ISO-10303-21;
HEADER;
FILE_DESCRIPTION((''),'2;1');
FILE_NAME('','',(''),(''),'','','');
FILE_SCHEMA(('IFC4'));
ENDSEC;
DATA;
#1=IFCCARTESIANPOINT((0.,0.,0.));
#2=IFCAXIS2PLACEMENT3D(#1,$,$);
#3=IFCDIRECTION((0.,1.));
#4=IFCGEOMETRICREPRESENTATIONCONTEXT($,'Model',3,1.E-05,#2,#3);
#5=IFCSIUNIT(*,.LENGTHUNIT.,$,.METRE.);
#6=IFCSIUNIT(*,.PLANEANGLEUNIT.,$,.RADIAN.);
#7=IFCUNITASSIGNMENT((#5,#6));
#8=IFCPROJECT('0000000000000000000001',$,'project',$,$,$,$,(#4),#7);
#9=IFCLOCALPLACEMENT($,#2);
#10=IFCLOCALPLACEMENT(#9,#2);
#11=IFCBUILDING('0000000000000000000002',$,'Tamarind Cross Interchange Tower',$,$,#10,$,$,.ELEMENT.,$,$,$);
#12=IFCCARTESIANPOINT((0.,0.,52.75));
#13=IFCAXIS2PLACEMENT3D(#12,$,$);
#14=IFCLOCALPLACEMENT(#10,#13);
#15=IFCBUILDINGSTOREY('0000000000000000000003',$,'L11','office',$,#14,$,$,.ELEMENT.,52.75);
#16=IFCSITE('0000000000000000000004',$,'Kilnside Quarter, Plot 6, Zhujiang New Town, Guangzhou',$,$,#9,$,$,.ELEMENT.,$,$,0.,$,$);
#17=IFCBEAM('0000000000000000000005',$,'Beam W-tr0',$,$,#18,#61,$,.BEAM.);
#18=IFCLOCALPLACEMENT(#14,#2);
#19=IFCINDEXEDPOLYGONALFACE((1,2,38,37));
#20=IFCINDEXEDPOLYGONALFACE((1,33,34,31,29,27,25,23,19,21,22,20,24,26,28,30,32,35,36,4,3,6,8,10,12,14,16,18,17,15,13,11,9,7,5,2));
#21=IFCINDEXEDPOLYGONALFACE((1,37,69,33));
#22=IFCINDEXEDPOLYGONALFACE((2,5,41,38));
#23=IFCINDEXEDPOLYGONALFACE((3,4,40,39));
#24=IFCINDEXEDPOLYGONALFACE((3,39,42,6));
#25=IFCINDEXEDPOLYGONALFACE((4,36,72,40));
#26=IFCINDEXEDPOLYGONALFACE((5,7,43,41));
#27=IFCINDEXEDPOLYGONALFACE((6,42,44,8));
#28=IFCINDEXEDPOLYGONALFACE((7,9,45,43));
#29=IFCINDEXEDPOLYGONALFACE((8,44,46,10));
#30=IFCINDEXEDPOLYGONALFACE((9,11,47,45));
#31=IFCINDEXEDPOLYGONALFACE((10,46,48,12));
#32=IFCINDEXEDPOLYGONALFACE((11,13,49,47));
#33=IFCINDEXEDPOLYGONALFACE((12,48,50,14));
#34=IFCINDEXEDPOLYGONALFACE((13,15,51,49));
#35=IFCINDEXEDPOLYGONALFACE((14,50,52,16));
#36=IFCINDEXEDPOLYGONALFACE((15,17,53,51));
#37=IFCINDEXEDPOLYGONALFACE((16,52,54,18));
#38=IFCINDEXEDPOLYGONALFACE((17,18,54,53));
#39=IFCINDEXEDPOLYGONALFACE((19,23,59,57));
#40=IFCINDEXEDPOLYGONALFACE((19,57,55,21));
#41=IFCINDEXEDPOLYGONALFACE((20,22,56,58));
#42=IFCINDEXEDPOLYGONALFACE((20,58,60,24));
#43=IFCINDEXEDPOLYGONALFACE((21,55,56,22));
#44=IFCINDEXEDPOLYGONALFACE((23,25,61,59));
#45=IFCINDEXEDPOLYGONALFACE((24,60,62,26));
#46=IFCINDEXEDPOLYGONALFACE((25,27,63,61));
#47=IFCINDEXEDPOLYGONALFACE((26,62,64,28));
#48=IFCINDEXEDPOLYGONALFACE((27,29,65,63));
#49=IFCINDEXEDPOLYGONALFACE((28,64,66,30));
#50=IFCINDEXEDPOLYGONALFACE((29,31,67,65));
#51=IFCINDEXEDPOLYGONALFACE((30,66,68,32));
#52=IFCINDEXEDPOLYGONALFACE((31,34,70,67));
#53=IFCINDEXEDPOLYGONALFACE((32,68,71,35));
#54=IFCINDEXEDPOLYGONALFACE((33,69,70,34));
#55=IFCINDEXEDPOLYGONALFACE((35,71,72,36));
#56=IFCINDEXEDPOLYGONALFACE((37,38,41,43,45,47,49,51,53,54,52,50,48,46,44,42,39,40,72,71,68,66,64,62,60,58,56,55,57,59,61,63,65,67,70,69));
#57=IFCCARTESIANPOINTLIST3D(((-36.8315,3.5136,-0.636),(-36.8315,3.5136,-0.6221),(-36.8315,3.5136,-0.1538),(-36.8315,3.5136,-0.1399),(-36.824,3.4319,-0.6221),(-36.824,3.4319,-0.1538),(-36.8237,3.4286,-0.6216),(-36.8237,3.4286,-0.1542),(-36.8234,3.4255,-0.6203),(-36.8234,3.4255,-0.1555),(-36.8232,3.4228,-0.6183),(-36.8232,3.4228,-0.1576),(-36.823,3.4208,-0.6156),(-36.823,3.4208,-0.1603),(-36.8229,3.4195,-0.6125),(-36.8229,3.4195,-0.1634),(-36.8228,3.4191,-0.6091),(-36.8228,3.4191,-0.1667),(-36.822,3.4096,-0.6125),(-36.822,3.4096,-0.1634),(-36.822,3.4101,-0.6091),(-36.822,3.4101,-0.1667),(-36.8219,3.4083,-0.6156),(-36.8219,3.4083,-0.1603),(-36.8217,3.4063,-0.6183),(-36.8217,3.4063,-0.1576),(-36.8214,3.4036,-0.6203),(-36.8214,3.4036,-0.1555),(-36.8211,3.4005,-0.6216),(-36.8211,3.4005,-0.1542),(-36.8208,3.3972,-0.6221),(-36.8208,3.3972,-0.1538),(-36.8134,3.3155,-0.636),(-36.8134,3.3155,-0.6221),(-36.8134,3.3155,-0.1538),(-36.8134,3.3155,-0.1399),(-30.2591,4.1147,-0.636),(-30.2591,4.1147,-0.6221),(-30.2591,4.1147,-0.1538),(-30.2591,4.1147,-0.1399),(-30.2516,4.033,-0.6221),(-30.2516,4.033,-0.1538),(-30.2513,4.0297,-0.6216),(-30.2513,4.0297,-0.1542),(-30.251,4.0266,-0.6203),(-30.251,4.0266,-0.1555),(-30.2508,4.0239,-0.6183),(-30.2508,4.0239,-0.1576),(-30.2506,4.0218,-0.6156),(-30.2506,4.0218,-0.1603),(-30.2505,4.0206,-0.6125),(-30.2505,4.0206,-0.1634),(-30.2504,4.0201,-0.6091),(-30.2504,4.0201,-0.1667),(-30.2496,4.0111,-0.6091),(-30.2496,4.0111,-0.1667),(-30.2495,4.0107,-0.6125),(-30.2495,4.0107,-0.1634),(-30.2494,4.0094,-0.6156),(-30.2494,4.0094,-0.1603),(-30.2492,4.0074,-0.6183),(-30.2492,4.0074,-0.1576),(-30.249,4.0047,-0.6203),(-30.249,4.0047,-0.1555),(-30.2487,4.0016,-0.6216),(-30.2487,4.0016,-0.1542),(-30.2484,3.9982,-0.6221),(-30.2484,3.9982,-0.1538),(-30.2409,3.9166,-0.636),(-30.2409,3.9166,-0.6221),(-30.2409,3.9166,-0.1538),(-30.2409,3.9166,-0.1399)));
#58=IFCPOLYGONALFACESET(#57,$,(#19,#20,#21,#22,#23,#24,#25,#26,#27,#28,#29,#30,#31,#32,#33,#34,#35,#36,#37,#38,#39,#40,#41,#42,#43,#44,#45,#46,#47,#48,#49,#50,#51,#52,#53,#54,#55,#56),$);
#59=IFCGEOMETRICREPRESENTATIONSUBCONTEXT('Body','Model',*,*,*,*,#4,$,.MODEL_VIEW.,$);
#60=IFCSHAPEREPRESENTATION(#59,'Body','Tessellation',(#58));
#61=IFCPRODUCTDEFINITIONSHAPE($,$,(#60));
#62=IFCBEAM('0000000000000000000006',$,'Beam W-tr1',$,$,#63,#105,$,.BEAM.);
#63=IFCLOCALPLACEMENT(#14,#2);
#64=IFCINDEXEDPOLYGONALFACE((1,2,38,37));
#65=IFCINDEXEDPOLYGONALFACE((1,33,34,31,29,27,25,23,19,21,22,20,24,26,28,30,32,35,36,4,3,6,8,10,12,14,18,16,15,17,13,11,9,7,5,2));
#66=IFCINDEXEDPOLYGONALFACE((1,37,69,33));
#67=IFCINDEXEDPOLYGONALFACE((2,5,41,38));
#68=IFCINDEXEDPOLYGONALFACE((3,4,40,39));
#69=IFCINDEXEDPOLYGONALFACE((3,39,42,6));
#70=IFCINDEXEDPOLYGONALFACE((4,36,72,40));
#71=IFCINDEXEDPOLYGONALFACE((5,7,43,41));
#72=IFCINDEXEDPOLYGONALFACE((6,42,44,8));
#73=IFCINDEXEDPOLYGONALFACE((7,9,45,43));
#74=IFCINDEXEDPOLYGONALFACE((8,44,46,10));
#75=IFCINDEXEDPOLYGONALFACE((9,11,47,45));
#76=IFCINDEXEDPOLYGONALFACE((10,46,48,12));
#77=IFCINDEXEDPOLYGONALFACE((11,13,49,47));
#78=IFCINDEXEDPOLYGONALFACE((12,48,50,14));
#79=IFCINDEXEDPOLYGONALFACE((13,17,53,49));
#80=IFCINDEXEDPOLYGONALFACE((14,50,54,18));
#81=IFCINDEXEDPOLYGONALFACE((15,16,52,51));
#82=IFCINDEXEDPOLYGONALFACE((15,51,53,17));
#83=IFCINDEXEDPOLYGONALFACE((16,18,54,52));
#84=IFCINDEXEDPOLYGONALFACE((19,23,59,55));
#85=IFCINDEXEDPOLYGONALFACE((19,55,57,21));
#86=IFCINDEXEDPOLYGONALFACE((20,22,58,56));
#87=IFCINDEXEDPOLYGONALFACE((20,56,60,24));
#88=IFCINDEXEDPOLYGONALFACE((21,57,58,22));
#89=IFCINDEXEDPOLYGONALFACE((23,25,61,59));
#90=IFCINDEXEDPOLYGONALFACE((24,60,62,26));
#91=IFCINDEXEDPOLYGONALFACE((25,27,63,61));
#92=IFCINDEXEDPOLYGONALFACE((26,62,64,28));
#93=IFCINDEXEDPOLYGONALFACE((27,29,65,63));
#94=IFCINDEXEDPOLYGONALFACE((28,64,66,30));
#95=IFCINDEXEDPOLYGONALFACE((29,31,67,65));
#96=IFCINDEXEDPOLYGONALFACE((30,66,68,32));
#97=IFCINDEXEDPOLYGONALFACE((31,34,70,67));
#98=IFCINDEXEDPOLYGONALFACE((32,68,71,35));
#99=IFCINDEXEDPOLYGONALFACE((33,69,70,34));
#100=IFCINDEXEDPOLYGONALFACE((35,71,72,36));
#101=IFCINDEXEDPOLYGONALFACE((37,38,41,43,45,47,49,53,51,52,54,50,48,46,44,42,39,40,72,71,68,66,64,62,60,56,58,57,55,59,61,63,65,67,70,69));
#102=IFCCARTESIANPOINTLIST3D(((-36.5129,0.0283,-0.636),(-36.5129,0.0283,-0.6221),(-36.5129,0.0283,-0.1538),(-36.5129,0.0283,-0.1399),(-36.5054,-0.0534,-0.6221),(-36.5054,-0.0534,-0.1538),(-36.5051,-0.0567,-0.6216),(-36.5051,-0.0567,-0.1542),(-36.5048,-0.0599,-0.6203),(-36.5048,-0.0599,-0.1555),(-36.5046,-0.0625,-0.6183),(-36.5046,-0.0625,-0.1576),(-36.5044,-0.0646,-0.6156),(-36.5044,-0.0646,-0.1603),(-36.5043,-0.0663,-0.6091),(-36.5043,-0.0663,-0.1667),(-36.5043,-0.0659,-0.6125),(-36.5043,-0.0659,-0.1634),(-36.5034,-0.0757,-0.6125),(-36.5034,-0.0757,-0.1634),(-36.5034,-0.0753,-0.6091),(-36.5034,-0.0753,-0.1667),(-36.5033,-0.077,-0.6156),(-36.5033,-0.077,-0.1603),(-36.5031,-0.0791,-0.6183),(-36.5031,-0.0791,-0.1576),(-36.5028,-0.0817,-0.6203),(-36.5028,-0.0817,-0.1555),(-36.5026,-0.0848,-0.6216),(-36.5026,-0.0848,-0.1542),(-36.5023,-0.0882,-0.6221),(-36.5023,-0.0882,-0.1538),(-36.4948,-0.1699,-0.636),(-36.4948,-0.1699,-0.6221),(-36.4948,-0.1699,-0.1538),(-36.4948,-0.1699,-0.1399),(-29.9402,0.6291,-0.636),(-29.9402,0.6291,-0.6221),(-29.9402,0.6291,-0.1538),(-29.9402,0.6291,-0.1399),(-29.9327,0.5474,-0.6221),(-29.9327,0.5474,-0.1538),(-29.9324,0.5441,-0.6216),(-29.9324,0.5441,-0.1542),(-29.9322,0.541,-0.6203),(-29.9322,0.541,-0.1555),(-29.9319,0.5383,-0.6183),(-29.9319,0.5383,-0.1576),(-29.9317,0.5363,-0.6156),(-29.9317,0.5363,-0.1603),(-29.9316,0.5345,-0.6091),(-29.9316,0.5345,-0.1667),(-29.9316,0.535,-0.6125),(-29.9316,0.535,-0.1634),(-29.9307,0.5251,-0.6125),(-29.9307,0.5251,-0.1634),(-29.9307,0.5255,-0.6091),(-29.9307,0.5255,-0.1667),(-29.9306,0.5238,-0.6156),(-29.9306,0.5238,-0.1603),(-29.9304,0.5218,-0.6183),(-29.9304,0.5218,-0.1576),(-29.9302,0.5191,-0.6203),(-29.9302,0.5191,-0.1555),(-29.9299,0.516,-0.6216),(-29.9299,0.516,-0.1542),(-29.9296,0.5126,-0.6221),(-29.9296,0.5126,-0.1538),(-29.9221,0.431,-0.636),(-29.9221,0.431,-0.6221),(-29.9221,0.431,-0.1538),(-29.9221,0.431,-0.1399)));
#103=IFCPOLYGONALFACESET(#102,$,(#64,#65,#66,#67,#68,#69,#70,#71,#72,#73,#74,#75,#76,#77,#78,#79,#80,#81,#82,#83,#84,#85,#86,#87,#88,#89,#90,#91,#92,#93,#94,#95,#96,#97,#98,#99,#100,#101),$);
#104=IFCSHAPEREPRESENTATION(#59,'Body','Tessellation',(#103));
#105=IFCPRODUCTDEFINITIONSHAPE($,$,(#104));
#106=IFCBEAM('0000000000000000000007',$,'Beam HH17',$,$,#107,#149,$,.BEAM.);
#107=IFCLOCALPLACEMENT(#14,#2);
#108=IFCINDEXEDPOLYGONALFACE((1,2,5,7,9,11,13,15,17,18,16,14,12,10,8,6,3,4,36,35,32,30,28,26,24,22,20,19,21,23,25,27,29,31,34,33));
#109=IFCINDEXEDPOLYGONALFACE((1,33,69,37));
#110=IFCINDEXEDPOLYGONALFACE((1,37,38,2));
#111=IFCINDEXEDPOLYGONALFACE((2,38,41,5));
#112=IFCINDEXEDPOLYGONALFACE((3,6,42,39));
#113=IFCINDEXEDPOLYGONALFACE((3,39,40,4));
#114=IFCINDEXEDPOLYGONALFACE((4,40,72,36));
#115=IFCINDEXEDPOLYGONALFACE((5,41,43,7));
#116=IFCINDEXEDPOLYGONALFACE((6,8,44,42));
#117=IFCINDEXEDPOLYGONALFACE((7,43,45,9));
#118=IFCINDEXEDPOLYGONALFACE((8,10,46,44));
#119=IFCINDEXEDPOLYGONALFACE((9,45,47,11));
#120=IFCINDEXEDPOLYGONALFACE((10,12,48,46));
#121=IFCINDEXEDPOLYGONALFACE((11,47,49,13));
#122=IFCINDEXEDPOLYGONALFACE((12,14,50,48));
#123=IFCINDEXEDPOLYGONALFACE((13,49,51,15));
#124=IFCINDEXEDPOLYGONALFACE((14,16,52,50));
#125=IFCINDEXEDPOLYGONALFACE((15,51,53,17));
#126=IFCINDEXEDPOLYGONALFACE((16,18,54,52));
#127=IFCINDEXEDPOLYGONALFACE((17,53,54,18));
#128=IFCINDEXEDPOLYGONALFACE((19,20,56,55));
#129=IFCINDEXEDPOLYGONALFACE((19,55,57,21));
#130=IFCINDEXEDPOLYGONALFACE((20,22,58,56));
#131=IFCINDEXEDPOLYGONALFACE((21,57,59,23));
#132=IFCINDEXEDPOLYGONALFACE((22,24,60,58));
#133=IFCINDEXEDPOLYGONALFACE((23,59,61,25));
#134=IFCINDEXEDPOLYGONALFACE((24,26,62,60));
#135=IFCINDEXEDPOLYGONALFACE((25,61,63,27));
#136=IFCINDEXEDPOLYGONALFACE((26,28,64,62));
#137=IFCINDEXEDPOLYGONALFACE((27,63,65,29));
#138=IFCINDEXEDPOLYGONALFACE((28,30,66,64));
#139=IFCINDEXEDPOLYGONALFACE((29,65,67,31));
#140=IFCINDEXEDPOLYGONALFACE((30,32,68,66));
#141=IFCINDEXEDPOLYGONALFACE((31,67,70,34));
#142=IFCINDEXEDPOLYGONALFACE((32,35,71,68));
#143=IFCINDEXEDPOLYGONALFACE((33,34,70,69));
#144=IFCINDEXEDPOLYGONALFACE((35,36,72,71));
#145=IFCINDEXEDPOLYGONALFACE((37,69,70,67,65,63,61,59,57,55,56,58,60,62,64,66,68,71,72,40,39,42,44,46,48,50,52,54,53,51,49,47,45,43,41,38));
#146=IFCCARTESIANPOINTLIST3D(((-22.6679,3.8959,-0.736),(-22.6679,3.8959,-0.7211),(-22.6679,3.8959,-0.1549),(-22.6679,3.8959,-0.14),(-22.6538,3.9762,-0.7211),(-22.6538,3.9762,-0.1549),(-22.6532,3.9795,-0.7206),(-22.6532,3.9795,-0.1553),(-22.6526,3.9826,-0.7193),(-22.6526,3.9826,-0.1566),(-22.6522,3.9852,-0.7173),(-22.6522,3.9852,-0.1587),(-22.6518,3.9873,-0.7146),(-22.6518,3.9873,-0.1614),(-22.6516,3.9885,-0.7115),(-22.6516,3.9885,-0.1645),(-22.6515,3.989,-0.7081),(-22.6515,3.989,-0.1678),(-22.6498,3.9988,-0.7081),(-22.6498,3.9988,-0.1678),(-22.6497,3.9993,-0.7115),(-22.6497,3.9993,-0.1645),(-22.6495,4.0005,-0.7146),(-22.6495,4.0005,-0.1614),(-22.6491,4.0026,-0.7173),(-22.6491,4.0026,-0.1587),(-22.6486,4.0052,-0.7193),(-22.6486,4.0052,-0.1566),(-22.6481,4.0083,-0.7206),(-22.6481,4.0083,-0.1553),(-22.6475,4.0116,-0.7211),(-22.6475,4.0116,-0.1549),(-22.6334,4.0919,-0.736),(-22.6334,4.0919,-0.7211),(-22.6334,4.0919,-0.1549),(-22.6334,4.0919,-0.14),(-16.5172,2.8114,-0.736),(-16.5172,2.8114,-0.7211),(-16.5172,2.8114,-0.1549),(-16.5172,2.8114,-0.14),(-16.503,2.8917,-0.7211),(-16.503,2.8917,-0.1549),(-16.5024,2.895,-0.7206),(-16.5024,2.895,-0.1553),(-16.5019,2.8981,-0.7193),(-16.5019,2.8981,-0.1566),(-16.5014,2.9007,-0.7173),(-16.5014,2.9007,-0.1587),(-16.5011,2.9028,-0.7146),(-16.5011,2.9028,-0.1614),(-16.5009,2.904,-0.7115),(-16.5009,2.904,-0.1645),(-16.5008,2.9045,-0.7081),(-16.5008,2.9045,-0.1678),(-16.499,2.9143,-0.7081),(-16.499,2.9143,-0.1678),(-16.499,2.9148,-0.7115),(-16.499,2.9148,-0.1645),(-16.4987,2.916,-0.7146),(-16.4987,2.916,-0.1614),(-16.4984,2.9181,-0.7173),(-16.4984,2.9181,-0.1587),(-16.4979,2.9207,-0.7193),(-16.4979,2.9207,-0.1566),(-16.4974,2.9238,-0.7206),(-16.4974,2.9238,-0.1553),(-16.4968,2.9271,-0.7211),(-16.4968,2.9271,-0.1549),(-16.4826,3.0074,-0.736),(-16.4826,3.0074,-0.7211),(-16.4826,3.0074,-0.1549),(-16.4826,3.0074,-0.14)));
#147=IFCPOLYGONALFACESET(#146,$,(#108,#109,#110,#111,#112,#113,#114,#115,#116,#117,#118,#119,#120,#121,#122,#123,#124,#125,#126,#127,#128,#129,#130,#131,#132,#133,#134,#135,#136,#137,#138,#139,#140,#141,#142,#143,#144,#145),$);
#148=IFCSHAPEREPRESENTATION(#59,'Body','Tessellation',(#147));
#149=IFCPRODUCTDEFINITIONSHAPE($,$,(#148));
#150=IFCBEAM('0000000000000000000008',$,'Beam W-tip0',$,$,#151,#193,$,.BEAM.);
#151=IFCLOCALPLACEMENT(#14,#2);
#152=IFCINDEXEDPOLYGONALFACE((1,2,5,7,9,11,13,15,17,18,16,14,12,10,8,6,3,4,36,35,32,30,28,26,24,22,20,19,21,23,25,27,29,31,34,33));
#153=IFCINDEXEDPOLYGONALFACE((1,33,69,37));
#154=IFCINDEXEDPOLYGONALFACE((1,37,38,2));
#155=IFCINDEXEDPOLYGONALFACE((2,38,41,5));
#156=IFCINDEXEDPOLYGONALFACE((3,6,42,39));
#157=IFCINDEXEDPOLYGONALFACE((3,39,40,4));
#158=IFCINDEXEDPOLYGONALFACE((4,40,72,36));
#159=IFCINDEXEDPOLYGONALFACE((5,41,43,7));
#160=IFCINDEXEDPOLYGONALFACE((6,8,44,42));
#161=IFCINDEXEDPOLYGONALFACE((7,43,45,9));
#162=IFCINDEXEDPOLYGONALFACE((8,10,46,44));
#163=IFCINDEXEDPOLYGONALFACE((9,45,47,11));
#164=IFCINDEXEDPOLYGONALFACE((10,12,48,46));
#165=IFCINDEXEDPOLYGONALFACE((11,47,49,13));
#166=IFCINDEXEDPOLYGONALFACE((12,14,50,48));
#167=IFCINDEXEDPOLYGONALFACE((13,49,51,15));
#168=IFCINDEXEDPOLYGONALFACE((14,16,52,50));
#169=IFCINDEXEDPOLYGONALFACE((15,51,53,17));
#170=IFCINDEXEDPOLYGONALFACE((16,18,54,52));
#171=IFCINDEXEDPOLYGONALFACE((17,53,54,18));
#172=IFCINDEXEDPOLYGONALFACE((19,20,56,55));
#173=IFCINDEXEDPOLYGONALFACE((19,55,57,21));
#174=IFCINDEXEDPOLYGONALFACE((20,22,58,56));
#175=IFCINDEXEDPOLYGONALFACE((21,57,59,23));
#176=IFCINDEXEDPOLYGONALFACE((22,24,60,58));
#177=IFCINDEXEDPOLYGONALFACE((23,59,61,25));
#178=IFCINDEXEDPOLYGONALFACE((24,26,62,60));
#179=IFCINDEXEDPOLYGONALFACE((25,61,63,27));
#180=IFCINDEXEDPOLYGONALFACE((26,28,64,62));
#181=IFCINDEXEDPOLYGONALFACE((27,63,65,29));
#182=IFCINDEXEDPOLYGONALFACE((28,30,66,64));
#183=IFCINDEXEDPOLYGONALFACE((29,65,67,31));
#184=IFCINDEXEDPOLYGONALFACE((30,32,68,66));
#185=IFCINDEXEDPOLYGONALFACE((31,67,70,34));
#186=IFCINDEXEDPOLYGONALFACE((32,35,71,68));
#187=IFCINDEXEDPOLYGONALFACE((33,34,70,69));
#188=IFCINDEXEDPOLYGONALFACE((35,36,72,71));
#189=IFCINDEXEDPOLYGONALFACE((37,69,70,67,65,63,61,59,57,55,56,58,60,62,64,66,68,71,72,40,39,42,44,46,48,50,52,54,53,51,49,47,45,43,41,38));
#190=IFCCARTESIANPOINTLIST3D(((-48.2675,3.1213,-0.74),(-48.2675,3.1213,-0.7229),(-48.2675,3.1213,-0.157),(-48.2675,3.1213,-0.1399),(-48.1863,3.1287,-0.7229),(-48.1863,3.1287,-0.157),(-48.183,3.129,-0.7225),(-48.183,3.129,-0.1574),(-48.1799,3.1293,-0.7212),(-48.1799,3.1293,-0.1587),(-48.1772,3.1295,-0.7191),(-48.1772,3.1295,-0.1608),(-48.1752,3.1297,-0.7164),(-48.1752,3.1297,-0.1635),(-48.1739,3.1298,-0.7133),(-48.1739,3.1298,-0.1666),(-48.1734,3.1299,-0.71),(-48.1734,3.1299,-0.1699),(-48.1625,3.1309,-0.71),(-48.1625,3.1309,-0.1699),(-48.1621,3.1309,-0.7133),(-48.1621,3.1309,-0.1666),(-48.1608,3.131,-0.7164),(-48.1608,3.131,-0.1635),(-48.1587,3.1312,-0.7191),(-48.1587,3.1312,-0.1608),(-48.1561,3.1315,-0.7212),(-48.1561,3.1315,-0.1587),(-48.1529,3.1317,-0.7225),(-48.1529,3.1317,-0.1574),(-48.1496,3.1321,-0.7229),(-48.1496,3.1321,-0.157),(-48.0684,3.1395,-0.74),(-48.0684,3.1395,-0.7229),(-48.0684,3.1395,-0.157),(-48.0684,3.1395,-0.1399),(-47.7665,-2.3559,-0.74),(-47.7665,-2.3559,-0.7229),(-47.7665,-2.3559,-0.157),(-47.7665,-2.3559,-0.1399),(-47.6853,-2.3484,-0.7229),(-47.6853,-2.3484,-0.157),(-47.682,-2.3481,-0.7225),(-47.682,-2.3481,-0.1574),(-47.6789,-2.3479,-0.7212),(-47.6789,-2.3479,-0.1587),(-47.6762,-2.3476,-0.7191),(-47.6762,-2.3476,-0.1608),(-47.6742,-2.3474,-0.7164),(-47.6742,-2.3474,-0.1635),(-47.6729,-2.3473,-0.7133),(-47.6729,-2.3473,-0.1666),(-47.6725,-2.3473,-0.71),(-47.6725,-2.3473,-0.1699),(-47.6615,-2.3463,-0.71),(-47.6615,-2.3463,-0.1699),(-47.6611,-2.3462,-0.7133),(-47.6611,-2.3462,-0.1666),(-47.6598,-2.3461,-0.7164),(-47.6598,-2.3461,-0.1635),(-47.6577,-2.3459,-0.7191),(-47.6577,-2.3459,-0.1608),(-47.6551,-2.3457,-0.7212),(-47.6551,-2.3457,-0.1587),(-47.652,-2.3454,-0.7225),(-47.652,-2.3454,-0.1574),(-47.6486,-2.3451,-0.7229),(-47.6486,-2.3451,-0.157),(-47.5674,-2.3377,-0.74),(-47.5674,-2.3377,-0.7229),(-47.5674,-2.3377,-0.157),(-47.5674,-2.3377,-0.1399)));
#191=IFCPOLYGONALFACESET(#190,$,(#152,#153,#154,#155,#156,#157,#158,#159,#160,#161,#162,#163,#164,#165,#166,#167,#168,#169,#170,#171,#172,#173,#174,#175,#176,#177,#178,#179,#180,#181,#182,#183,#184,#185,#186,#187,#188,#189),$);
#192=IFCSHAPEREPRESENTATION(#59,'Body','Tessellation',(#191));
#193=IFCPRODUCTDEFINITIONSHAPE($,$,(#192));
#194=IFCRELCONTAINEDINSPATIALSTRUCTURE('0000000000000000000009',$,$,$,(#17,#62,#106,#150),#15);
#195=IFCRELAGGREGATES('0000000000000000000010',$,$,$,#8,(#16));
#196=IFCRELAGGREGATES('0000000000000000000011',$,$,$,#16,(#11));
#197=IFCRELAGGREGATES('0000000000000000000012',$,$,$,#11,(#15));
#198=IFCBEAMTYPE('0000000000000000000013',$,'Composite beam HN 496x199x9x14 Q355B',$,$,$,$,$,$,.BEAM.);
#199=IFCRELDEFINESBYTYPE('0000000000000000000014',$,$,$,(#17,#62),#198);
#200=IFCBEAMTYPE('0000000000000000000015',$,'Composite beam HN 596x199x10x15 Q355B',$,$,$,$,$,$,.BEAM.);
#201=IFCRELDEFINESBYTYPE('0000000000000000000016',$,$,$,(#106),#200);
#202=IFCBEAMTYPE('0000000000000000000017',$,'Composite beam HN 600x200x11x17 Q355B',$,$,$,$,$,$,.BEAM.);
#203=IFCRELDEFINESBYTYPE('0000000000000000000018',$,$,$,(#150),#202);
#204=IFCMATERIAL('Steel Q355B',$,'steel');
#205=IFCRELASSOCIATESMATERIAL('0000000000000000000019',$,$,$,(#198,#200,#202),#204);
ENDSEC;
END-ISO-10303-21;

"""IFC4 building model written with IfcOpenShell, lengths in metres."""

from ifc_helpers import new_model, si_unit, direction, frame, origin, origin_2d, place, context, subcontext, project, spatial, i_section, extrude, material, material_profile, profile_set, type_object, element, save


model = new_model("IFC4")

# Units and contexts
model_context = context("Model", 3, precision=1e-05, world=origin(), true_north=direction((0.0, 1.0)))
body_context = subcontext(model_context, "Body", "Model", "MODEL_VIEW")
ifc_project = project(units=[si_unit("LENGTHUNIT", "METRE"), si_unit("PLANEANGLEUNIT", "RADIAN")], contexts=[model_context])

# Site, building, storey
site_placement = place(None, origin())
site = spatial("IfcSite", under=ifc_project, at=site_placement, Name="Kilnside Quarter, Plot 6, Zhujiang New Town, Guangzhou", CompositionType="ELEMENT", RefElevation=0.0)
building_placement = place(site_placement, origin())
building = spatial("IfcBuilding", under=site, at=building_placement, Name="Tamarind Cross Interchange Tower", CompositionType="ELEMENT")
storey_placement = place(building_placement, frame((0.0, 0.0, 52.75)))
storey = spatial("IfcBuildingStorey", under=building, at=storey_placement, Name="L11", Description="office", CompositionType="ELEMENT", Elevation=52.75)

# Beams
ifc_material_1 = material(Name="Steel Q355B", Category="steel")
ifc_material_profile_1 = material_profile(ifc_material_1, i_section(OverallWidth=0.199, OverallDepth=0.4961, WebThickness=0.009, FlangeThickness=0.0139, FilletRadius=0.0129, at=origin_2d()), Name="HN 496x199x9x14")
ifc_profile_set_1 = profile_set([ifc_material_profile_1], Name="Steel Q355B")
beam_type_1 = type_object("IfcBeamType", Name="Composite beam HN 496x199x9x14 Q355B", PredefinedType="BEAM", material=ifc_profile_set_1)
beam_1_placement = place(storey_placement, frame((-30.25, 4.0156, -0.3879), z_axis=(-0.995844, -0.091073, 0.0), x_axis=(0.091073, -0.995844, 0.0)))
element("IfcBeam", 1, at=beam_1_placement, inside=storey, type_object=beam_type_1, Name="Beam W-tr0", PredefinedType="BEAM", context=body_context, shape_type="SweptSolid", body=[
    extrude(i_section(OverallWidth=0.199, OverallDepth=0.4961, WebThickness=0.009, FlangeThickness=0.0139, FilletRadius=0.0129, at=origin_2d()), origin(), (0.0, 0.0, 1.0), 6.5999),
])
beam_2_placement = place(storey_placement, frame((-29.9312, 0.53, -0.3879), z_axis=(-0.995848, -0.091033, 0.0), x_axis=(0.091033, -0.995848, 0.0)))
element("IfcBeam", 2, at=beam_2_placement, inside=storey, type_object=beam_type_1, Name="Beam W-tr1", PredefinedType="BEAM", context=body_context, shape_type="SweptSolid", body=[
    extrude(i_section(OverallWidth=0.199, OverallDepth=0.4961, WebThickness=0.009, FlangeThickness=0.0139, FilletRadius=0.0129, at=origin_2d()), origin(), (0.0, 0.0, 1.0), 6.6001),
])
ifc_material_profile_2 = material_profile(ifc_material_1, i_section(OverallWidth=0.199, OverallDepth=0.5959, WebThickness=0.01, FlangeThickness=0.0149, FilletRadius=0.0129, at=origin_2d()), Name="HN 596x199x10x15")
ifc_profile_set_2 = profile_set([ifc_material_profile_2], Name="Steel Q355B")
beam_type_2 = type_object("IfcBeamType", Name="Composite beam HN 596x199x10x15 Q355B", PredefinedType="BEAM", material=ifc_profile_set_2)
beam_3_placement = place(storey_placement, frame((-22.6506, 3.9939, -0.438), z_axis=(0.984809, -0.17364, 0.0), x_axis=(0.17364, 0.984809, 0.0)))
element("IfcBeam", 3, at=beam_3_placement, inside=storey, type_object=beam_type_2, Name="Beam HH17", PredefinedType="BEAM", context=body_context, shape_type="SweptSolid", body=[
    extrude(i_section(OverallWidth=0.199, OverallDepth=0.5959, WebThickness=0.01, FlangeThickness=0.0149, FilletRadius=0.0129, at=origin_2d()), origin(), (0.0, 0.0, 1.0), 6.2456),
])
ifc_material_profile_3 = material_profile(ifc_material_1, i_section(OverallWidth=0.2, OverallDepth=0.6001, WebThickness=0.011, FlangeThickness=0.0171, FilletRadius=0.0129, at=origin_2d()), Name="HN 600x200x11x17")
ifc_profile_set_3 = profile_set([ifc_material_profile_3], Name="Steel Q355B")
beam_type_3 = type_object("IfcBeamType", Name="Composite beam HN 600x200x11x17 Q355B", PredefinedType="BEAM", material=ifc_profile_set_3)
beam_4_placement = place(storey_placement, frame((-48.168, 3.1304, -0.4399), z_axis=(0.091088, -0.995843, 0.0), x_axis=(0.995843, 0.091088, 0.0)))
element("IfcBeam", 4, at=beam_4_placement, inside=storey, type_object=beam_type_3, Name="Beam W-tip0", PredefinedType="BEAM", context=body_context, shape_type="SweptSolid", body=[
    extrude(i_section(OverallWidth=0.2, OverallDepth=0.6001, WebThickness=0.011, FlangeThickness=0.0171, FilletRadius=0.0129, at=origin_2d()), origin(), (0.0, 0.0, 1.0), 5.5),
])

save(model, "model.ifc")
